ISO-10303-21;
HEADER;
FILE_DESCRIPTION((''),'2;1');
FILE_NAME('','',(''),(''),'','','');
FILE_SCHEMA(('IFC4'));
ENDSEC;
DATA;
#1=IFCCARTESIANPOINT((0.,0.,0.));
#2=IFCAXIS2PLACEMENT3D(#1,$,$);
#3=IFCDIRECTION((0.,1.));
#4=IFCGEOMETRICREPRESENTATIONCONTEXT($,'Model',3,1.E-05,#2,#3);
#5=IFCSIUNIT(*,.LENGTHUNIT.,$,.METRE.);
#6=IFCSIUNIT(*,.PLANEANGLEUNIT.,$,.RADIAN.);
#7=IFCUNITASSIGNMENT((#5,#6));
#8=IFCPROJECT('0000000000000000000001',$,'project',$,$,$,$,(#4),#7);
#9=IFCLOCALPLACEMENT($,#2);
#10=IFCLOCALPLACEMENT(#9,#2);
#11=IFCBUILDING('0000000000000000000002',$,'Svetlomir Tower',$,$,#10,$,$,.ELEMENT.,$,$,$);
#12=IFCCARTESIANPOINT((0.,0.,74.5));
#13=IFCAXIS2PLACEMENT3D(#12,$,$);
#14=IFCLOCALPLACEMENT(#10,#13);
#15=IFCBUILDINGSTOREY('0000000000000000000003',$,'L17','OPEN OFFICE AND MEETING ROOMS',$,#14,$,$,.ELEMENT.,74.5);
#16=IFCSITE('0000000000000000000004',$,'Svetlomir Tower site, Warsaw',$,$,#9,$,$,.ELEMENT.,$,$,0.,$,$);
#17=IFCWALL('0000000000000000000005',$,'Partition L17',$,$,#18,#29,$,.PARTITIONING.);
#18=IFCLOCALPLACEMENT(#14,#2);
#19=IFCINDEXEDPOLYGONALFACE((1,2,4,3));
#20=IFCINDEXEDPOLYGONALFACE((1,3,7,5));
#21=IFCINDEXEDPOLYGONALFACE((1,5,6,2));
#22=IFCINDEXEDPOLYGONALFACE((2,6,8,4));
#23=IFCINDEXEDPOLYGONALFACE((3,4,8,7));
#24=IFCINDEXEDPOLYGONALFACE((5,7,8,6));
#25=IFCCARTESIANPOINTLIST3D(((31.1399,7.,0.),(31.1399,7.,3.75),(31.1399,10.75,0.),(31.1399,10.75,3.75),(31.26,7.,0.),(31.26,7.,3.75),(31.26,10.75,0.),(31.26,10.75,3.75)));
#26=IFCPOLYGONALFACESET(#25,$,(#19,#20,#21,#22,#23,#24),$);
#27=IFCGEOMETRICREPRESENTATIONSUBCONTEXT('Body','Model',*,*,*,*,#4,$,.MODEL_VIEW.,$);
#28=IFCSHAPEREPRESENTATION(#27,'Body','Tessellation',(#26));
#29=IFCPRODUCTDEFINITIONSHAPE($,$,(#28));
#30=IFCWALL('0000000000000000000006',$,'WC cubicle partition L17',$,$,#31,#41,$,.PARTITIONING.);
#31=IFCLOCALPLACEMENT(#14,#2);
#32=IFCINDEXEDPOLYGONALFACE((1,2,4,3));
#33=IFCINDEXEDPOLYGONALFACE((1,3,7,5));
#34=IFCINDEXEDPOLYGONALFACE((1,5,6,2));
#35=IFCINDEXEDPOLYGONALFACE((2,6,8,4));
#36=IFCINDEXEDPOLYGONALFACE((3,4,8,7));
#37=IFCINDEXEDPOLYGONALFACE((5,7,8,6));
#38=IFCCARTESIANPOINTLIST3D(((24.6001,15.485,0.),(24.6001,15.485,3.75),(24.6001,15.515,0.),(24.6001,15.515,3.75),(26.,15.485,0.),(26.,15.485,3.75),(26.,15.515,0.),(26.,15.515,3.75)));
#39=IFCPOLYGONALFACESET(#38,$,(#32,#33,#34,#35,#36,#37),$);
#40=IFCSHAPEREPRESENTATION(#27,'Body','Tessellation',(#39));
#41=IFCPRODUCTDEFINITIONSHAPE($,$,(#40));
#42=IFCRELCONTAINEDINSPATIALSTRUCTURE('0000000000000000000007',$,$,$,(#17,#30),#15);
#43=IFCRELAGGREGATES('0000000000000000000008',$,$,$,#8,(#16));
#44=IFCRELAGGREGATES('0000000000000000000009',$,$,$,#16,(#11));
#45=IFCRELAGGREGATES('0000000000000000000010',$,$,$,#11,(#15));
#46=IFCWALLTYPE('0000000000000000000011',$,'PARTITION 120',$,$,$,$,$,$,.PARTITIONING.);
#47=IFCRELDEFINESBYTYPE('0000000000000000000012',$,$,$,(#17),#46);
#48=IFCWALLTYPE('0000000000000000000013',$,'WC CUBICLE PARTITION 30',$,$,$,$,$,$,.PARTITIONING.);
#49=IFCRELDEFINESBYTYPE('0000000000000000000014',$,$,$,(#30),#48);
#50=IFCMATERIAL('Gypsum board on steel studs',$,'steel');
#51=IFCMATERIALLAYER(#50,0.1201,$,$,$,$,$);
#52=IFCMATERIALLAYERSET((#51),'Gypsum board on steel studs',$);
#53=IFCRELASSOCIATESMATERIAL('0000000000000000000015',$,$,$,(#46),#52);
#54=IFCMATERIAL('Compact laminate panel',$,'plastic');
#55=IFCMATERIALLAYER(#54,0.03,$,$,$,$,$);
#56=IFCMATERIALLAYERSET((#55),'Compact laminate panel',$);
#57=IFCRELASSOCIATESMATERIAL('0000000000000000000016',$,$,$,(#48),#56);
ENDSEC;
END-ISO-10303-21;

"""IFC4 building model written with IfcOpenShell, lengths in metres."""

from ifc_helpers import new_model, si_unit, direction, frame, frame_2d, origin, place, context, subcontext, project, spatial, rectangle, extrude, material, layer, layer_set, type_object, element, save


model = new_model("IFC4")

# Units and contexts
model_context = context("Model", 3, precision=1e-05, world=origin(), true_north=direction((0.0, 1.0)))
body_context = subcontext(model_context, "Body", "Model", "MODEL_VIEW")
ifc_project = project(units=[si_unit("LENGTHUNIT", "METRE"), si_unit("PLANEANGLEUNIT", "RADIAN")], contexts=[model_context])

# Site, building, storey
site_placement = place(None, origin())
site = spatial("IfcSite", under=ifc_project, at=site_placement, Name="Svetlomir Tower site, Warsaw", CompositionType="ELEMENT", RefElevation=0.0)
building_placement = place(site_placement, origin())
building = spatial("IfcBuilding", under=site, at=building_placement, Name="Svetlomir Tower", CompositionType="ELEMENT")
storey_placement = place(building_placement, frame((0.0, 0.0, 74.5)))
storey = spatial("IfcBuildingStorey", under=building, at=storey_placement, Name="L17", Description="OPEN OFFICE AND MEETING ROOMS", CompositionType="ELEMENT", Elevation=74.5)

# Shared definitions
ifc_material_1 = material(Name="Gypsum board on steel studs", Category="steel")
ifc_layer_1 = layer(ifc_material_1, 0.1201)
ifc_layer_set_1 = layer_set([ifc_layer_1], Name="Gypsum board on steel studs")
wall_type_1 = type_object("IfcWallType", Name="PARTITION 120", PredefinedType="PARTITIONING", material=ifc_layer_set_1)

# Walls
wall_1_placement = place(storey_placement, frame((31.2, 7.0, 0.0), z_axis=(0.0, 0.0, 1.0), x_axis=(0.0, 1.0, 0.0)))
element("IfcWall", 1, at=wall_1_placement, inside=storey, type_object=wall_type_1, Name="Partition L17", PredefinedType="PARTITIONING", context=body_context, shape_type="SweptSolid", body=[
    extrude(rectangle(XDim=3.75, YDim=0.1201, at=frame_2d((1.875, 0.0))), origin(), (0.0, 0.0, 1.0), 3.75),
])
ifc_material_2 = material(Name="Compact laminate panel", Category="plastic")
ifc_layer_2 = layer(ifc_material_2, 0.03)
ifc_layer_set_2 = layer_set([ifc_layer_2], Name="Compact laminate panel")
wall_type_2 = type_object("IfcWallType", Name="WC CUBICLE PARTITION 30", PredefinedType="PARTITIONING", material=ifc_layer_set_2)
wall_2_placement = place(storey_placement, frame((24.6001, 15.5, 0.0), z_axis=(0.0, 0.0, 1.0), x_axis=(1.0, 0.0, 0.0)))
element("IfcWall", 2, at=wall_2_placement, inside=storey, type_object=wall_type_2, Name="WC cubicle partition L17", PredefinedType="PARTITIONING", context=body_context, shape_type="SweptSolid", body=[
    extrude(rectangle(XDim=1.3999, YDim=0.03, at=frame_2d((0.7, 0.0))), origin(), (0.0, 0.0, 1.0), 3.75),
])

save(model, "model.ifc")
